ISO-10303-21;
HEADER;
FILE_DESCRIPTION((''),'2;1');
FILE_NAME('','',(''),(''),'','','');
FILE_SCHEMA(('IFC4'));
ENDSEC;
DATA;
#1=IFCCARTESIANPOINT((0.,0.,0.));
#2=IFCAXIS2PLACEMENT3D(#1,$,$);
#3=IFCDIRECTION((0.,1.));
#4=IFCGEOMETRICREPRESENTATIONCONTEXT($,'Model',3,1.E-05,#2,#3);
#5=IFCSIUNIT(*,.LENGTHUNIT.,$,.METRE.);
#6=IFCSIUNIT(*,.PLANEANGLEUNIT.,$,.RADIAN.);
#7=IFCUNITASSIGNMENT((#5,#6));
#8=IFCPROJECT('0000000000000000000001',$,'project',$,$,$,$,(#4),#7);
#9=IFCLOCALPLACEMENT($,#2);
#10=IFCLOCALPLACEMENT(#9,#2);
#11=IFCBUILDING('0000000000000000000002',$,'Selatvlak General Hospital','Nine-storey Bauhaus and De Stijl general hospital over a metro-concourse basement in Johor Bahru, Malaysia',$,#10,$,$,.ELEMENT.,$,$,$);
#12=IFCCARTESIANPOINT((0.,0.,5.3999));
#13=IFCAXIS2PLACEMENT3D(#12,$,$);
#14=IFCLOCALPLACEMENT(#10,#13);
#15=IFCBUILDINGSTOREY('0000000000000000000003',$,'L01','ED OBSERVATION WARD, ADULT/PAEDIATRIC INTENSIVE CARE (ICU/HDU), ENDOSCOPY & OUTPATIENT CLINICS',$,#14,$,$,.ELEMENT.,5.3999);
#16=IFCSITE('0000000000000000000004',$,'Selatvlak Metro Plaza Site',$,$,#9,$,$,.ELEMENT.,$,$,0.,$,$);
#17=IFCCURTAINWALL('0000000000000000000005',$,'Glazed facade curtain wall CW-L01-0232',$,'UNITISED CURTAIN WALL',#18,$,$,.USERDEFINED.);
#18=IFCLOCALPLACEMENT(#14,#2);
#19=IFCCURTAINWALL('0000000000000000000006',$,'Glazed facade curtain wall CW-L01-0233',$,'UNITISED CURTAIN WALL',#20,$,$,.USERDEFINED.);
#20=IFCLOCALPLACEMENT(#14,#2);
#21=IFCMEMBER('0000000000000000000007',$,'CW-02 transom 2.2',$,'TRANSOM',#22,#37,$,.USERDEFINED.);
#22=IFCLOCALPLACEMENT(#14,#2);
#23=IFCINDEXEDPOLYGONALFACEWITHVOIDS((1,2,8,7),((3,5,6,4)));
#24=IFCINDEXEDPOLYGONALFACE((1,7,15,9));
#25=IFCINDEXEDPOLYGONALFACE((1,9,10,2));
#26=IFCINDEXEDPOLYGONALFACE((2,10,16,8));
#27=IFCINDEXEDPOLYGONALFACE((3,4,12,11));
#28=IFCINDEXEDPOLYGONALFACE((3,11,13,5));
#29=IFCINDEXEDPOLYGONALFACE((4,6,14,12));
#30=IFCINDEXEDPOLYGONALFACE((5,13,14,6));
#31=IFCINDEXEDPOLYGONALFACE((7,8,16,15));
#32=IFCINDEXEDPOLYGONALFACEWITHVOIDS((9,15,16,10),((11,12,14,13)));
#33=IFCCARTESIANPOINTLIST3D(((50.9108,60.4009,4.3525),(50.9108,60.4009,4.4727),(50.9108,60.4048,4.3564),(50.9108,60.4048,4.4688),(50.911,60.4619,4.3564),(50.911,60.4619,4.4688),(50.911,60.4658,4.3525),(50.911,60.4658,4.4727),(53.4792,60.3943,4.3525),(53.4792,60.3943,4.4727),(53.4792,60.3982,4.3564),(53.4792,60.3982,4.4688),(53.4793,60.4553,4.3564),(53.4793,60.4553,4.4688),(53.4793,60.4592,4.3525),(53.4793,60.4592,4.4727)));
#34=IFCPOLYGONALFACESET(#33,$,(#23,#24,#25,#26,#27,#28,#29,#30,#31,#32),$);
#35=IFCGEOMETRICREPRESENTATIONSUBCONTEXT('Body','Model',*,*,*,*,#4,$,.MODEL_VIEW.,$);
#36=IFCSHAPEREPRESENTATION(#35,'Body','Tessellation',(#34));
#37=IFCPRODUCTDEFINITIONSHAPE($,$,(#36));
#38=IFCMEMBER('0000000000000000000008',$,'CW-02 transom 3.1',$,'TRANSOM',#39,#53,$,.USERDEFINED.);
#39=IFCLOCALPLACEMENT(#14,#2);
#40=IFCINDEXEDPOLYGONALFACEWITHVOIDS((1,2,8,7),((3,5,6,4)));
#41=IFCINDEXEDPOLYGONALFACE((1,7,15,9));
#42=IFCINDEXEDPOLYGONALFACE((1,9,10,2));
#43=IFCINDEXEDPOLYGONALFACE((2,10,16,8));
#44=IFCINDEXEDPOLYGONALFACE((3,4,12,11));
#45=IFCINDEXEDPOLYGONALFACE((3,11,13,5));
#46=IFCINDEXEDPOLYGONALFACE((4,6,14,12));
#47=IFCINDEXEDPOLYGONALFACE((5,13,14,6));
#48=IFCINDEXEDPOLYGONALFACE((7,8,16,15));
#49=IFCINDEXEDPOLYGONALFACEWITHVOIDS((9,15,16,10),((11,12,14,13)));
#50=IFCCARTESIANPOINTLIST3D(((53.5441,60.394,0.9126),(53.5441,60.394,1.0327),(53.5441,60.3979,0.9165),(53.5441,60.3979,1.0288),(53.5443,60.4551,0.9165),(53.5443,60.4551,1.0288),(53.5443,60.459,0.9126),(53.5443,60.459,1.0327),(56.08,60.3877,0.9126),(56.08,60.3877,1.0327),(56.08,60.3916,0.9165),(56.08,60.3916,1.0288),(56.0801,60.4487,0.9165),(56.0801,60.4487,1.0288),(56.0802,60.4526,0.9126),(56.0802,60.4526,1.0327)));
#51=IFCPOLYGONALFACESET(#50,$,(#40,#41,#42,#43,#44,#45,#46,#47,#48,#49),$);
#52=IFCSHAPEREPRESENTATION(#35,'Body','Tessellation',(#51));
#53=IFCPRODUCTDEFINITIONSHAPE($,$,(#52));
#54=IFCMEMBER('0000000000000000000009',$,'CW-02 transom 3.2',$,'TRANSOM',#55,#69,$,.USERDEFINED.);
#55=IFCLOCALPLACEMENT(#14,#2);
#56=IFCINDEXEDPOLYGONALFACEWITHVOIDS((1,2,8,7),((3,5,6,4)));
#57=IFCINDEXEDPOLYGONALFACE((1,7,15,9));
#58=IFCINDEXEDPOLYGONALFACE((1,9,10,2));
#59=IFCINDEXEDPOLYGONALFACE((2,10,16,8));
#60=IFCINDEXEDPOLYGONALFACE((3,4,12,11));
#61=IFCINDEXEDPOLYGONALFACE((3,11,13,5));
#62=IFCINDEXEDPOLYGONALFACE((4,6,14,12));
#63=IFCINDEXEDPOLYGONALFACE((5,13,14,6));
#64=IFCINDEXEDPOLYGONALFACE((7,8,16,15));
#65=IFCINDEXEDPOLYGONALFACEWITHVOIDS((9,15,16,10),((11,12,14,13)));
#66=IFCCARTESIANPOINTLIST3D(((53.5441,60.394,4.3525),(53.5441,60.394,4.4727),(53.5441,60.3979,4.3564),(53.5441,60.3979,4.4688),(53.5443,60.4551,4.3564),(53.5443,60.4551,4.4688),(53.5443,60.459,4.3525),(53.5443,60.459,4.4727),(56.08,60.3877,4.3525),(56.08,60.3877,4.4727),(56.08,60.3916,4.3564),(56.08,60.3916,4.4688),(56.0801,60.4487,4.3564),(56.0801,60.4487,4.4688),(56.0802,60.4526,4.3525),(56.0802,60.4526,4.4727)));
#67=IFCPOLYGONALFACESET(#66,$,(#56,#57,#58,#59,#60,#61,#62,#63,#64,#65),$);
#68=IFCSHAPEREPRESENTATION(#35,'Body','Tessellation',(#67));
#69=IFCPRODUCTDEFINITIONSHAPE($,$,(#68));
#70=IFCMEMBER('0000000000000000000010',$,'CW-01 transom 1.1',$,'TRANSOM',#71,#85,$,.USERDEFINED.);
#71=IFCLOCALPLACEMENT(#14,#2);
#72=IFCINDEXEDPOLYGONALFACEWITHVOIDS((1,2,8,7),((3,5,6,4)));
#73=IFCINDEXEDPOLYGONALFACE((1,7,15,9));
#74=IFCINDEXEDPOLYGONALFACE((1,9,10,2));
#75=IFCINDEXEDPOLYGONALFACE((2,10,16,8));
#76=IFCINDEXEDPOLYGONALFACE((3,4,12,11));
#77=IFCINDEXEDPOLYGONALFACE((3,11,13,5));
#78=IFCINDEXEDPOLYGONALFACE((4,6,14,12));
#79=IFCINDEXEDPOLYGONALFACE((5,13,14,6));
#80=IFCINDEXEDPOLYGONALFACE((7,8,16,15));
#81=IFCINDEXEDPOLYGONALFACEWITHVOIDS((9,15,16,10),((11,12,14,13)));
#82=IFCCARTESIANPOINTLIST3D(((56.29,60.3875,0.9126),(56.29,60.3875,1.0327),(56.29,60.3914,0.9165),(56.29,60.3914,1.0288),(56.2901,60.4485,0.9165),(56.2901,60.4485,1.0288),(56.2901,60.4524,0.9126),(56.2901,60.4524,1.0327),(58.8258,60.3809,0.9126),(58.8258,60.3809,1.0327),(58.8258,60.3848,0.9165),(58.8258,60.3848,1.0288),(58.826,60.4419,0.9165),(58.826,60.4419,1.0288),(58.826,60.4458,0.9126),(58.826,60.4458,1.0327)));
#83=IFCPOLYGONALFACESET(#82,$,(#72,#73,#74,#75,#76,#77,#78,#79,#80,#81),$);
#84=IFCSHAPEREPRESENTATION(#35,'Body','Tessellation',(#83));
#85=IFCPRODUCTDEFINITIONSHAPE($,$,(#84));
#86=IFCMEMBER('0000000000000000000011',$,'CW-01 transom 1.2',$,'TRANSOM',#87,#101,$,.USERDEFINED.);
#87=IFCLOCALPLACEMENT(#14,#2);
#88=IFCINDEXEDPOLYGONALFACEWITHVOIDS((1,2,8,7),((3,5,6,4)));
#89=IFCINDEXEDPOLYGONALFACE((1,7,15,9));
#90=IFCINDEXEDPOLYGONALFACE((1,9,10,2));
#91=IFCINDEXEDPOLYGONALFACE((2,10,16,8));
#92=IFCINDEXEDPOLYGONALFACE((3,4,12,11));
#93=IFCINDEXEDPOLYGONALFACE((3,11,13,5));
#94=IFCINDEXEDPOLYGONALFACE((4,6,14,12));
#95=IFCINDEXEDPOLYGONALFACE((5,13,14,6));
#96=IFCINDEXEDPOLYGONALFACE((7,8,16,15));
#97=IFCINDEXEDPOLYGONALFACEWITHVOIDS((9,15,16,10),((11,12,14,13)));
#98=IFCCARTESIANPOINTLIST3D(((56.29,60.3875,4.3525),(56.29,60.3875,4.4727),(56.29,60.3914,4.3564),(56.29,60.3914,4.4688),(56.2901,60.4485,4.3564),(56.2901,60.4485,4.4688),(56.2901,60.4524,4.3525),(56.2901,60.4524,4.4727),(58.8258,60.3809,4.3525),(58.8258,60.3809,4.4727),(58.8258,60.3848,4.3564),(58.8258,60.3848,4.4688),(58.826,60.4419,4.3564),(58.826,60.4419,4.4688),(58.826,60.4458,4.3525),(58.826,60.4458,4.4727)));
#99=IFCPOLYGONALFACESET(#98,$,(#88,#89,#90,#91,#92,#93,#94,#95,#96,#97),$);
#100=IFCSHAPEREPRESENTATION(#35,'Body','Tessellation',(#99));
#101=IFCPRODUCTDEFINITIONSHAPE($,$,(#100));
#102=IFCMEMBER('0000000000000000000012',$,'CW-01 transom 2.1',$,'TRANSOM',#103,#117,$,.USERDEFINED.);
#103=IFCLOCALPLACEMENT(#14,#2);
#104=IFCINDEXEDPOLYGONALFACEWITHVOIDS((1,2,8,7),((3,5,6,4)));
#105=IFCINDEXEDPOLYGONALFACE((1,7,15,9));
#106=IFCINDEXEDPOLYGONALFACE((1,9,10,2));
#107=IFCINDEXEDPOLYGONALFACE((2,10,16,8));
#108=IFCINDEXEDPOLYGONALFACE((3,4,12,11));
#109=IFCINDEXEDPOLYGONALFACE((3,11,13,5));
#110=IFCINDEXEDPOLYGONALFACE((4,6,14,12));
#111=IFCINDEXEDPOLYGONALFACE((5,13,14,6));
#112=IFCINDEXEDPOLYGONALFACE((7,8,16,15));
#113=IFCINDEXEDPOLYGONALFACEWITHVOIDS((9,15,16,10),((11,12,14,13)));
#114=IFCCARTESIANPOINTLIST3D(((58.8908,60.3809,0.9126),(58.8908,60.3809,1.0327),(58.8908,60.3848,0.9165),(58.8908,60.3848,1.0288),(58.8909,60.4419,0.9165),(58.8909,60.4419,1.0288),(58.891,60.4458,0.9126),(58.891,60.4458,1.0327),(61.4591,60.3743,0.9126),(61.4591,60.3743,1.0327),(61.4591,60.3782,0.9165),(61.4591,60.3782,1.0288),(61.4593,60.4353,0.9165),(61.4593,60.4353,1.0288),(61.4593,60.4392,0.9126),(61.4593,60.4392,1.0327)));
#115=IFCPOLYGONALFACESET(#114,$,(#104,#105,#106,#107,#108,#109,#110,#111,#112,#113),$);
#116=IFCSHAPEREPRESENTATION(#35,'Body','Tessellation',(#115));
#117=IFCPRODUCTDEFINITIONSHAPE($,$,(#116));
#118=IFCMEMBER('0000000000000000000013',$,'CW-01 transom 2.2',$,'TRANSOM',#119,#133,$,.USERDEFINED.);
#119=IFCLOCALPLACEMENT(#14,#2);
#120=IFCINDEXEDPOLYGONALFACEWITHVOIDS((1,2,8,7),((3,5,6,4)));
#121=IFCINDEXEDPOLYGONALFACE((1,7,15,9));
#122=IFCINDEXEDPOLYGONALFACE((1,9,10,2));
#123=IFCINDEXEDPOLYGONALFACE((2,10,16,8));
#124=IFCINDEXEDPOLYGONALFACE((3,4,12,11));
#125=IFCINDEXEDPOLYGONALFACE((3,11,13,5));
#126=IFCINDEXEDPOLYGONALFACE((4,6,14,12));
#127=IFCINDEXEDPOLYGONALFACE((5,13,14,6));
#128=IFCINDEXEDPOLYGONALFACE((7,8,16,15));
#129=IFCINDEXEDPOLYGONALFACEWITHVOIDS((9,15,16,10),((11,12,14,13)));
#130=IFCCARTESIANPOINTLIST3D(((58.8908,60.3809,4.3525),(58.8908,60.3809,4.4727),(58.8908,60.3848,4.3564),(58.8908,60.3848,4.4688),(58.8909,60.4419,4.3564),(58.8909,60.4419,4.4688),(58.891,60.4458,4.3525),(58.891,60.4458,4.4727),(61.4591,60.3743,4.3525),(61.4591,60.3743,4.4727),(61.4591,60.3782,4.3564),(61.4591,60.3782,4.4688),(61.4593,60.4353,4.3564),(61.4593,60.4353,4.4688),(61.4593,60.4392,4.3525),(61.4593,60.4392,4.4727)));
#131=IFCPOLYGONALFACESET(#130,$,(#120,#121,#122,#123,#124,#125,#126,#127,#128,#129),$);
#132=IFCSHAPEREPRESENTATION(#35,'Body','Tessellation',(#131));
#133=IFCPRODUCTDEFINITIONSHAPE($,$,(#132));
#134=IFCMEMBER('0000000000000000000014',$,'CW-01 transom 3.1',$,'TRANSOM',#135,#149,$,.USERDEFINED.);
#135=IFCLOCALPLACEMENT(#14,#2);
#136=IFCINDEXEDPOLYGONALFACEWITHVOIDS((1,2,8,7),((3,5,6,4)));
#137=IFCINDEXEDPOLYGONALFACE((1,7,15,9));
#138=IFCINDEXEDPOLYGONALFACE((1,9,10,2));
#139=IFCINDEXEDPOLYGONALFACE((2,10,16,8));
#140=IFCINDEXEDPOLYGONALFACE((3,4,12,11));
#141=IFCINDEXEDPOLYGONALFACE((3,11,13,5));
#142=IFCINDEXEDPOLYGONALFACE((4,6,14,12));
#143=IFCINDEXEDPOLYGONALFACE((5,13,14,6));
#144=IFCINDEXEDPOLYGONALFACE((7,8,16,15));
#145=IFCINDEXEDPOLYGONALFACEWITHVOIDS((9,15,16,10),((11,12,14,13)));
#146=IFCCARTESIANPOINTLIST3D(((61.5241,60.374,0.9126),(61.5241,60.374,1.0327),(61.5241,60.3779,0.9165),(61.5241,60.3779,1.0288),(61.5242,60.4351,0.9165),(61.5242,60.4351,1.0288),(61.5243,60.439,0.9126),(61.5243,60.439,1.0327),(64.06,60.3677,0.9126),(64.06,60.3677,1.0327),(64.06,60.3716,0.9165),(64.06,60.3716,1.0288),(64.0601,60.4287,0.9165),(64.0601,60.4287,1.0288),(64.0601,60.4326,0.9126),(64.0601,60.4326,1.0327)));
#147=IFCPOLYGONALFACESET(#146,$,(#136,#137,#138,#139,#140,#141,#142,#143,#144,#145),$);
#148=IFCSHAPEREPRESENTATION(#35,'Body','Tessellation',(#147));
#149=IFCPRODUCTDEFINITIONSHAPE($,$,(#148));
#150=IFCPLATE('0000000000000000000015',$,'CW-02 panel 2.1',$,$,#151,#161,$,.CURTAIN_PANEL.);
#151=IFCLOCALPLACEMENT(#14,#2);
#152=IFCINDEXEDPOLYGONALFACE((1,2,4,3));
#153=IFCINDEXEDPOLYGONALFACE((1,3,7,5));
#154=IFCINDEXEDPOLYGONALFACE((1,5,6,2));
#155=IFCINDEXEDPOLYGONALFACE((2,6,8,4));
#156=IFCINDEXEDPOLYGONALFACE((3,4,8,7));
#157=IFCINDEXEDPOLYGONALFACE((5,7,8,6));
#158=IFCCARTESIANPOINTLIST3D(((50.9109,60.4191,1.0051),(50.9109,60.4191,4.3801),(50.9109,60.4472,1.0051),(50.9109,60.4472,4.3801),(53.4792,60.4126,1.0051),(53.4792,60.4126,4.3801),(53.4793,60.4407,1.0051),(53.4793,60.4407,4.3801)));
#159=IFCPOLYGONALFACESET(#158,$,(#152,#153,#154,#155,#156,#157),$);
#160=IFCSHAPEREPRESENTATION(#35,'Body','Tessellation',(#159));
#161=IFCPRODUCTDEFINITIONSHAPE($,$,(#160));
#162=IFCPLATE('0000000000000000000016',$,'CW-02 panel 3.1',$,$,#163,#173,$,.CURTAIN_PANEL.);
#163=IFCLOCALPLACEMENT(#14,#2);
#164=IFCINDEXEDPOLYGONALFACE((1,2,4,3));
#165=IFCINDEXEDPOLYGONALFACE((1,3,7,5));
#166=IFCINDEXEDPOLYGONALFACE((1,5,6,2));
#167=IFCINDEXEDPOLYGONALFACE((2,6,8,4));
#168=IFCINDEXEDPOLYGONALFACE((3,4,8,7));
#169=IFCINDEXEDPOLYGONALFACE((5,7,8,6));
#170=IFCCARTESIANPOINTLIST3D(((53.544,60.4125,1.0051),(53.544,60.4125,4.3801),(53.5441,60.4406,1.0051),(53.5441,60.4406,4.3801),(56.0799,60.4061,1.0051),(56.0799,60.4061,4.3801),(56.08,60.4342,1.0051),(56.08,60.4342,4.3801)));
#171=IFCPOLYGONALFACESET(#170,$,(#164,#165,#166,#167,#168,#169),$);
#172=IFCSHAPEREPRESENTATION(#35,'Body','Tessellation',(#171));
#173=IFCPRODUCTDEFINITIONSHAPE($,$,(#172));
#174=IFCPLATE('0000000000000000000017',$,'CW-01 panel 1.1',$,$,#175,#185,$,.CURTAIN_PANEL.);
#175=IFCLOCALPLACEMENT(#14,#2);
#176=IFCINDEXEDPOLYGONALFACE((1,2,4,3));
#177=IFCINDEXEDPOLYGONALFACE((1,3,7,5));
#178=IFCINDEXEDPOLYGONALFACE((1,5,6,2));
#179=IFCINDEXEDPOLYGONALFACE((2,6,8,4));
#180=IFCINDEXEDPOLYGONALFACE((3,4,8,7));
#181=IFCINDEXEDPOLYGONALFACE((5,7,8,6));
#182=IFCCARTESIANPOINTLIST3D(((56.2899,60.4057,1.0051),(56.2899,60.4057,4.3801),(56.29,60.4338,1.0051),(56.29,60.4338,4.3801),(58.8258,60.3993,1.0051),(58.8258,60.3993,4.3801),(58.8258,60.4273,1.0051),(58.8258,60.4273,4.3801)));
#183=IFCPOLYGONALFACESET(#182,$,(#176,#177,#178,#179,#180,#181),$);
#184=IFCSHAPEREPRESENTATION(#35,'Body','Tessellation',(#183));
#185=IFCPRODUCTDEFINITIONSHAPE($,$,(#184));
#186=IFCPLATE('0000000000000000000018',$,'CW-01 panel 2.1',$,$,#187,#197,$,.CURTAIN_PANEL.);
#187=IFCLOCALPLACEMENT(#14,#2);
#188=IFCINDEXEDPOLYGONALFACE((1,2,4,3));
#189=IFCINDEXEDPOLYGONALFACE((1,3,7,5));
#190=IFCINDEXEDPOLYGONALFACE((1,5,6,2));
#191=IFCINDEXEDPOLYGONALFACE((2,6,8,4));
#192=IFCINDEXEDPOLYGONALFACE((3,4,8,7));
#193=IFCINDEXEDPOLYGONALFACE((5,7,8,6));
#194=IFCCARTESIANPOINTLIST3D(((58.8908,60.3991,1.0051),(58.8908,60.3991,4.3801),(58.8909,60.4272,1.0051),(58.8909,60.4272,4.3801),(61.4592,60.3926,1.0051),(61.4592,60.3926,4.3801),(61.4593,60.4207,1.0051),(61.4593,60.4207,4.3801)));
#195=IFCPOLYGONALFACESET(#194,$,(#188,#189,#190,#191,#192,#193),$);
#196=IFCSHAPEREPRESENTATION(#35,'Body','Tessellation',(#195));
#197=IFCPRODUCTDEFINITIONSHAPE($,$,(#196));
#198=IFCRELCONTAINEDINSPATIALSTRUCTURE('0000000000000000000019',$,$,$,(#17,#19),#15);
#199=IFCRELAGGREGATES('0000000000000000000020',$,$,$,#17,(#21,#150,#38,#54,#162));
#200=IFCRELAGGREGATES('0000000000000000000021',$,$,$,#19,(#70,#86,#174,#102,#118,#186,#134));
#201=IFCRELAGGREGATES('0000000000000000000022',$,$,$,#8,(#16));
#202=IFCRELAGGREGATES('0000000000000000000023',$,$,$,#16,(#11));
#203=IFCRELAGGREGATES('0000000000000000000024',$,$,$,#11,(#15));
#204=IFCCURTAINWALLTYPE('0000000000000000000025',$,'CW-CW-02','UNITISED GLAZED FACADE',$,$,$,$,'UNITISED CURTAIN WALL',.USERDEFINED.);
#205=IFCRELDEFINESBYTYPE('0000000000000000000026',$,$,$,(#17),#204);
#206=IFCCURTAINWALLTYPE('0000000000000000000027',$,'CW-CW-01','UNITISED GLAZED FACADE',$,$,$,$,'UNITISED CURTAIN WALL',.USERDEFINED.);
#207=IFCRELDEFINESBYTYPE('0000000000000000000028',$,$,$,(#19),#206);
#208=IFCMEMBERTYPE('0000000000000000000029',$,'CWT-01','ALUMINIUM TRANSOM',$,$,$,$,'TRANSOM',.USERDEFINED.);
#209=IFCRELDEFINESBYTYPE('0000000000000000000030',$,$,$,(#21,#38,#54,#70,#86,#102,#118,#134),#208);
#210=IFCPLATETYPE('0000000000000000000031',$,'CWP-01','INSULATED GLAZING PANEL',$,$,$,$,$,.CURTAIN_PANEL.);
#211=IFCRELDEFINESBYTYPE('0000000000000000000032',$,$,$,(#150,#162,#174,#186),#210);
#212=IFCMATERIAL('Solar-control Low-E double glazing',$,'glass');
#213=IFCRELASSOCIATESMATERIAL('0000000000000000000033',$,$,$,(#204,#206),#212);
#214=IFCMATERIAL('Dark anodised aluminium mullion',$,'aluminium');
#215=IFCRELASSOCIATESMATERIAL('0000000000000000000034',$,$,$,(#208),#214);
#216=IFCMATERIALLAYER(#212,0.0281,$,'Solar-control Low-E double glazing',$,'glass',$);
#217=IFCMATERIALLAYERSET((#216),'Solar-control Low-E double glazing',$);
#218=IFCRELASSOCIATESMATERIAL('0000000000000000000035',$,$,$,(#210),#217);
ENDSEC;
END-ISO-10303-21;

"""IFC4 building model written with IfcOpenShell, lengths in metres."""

from ifc_helpers import new_model, si_unit, direction, frame, origin, origin_2d, place, context, subcontext, project, spatial, rectangle, hollow_rectangle, extrude, material, layer, layer_set, material_profile, profile_set, type_object, element, aggregate, save


model = new_model("IFC4")

# Units and contexts
model_context = context("Model", 3, precision=1e-05, world=origin(), true_north=direction((0.0, 1.0)))
body_context = subcontext(model_context, "Body", "Model", "MODEL_VIEW")
ifc_project = project(units=[si_unit("LENGTHUNIT", "METRE"), si_unit("PLANEANGLEUNIT", "RADIAN")], contexts=[model_context])

# Site, building, storey
site_placement = place(None, origin())
site = spatial("IfcSite", under=ifc_project, at=site_placement, Name="Selatvlak Metro Plaza Site", CompositionType="ELEMENT", RefElevation=0.0)
building_placement = place(site_placement, origin())
building = spatial("IfcBuilding", under=site, at=building_placement, Name="Selatvlak General Hospital", Description="Nine-storey Bauhaus and De Stijl general hospital over a metro-concourse basement in Johor Bahru, Malaysia", CompositionType="ELEMENT")
storey_placement = place(building_placement, frame((0.0, 0.0, 5.3999)))
storey = spatial("IfcBuildingStorey", under=building, at=storey_placement, Name="L01", Description="ED OBSERVATION WARD, ADULT/PAEDIATRIC INTENSIVE CARE (ICU/HDU), ENDOSCOPY & OUTPATIENT CLINICS", CompositionType="ELEMENT", Elevation=5.3999)

# Curtain walls
ifc_material_1 = material(Name="Solar-control Low-E double glazing", Category="glass")
curtain_wall_type_1 = type_object("IfcCurtainWallType", Name="CW-CW-02", Description="UNITISED GLAZED FACADE", ElementType="UNITISED CURTAIN WALL", PredefinedType="USERDEFINED", material=ifc_material_1)
curtain_wall_1_placement = place(storey_placement, origin())
curtain_wall_1 = element("IfcCurtainWall", 1, at=curtain_wall_1_placement, inside=storey, type_object=curtain_wall_type_1, Name="Glazed facade curtain wall CW-L01-0232", ObjectType="UNITISED CURTAIN WALL", PredefinedType="USERDEFINED")
ifc_material_2 = material(Name="Dark anodised aluminium mullion", Category="aluminium")
curtain_wall_type_2 = type_object("IfcCurtainWallType", Name="CW-CW-01", Description="UNITISED GLAZED FACADE", ElementType="UNITISED CURTAIN WALL", PredefinedType="USERDEFINED", material=ifc_material_1)
curtain_wall_2_placement = place(storey_placement, origin())
curtain_wall_2 = element("IfcCurtainWall", 2, at=curtain_wall_2_placement, inside=storey, type_object=curtain_wall_type_2, Name="Glazed facade curtain wall CW-L01-0233", ObjectType="UNITISED CURTAIN WALL", PredefinedType="USERDEFINED")

# Members
ifc_material_profile_1 = material_profile(ifc_material_2, hollow_rectangle(XDim=0.0649, YDim=0.1201, WallThickness=0.0039, at=origin_2d()), Name="AL-TRN 65x120x4")
ifc_profile_set_1 = profile_set([ifc_material_profile_1], Name="Dark anodised aluminium mullion")
member_type_1 = type_object("IfcMemberType", Name="CWT-01", Description="ALUMINIUM TRANSOM", ElementType="TRANSOM", PredefinedType="USERDEFINED", material=ifc_profile_set_1)
member_1_placement = place(storey_placement, frame((50.9109, 60.4333, 4.4126), z_axis=(0.999997, -0.002567, 0.0), x_axis=(0.002567, 0.999997, 0.0)))
member_1 = element("IfcMember", 3, at=member_1_placement, type_object=member_type_1, Name="CW-02 transom 2.2", ObjectType="TRANSOM", PredefinedType="USERDEFINED", context=body_context, shape_type="SweptSolid", body=[
    extrude(hollow_rectangle(XDim=0.0649, YDim=0.1201, WallThickness=0.0039, at=origin_2d()), origin(), (0.0, 0.0, 1.0), 2.5684),
])
member_2_placement = place(storey_placement, frame((53.5442, 60.4265, 0.9727), z_axis=(0.999997, -0.002503, 0.0), x_axis=(0.002503, 0.999997, 0.0)))
member_2 = element("IfcMember", 4, at=member_2_placement, type_object=member_type_1, Name="CW-02 transom 3.1", ObjectType="TRANSOM", PredefinedType="USERDEFINED", context=body_context, shape_type="SweptSolid", body=[
    extrude(hollow_rectangle(XDim=0.0649, YDim=0.1201, WallThickness=0.0039, at=origin_2d()), origin(), (0.0, 0.0, 1.0), 2.5359),
])
member_3_placement = place(storey_placement, frame((53.5442, 60.4265, 4.4126), z_axis=(0.999997, -0.002503, 0.0), x_axis=(0.002503, 0.999997, 0.0)))
member_3 = element("IfcMember", 5, at=member_3_placement, type_object=member_type_1, Name="CW-02 transom 3.2", ObjectType="TRANSOM", PredefinedType="USERDEFINED", context=body_context, shape_type="SweptSolid", body=[
    extrude(hollow_rectangle(XDim=0.0649, YDim=0.1201, WallThickness=0.0039, at=origin_2d()), origin(), (0.0, 0.0, 1.0), 2.5359),
])
member_4_placement = place(storey_placement, frame((56.29, 60.4199, 0.9727), z_axis=(0.999997, -0.002599, 0.0), x_axis=(0.002599, 0.999997, 0.0)))
member_4 = element("IfcMember", 6, at=member_4_placement, type_object=member_type_1, Name="CW-01 transom 1.1", ObjectType="TRANSOM", PredefinedType="USERDEFINED", context=body_context, shape_type="SweptSolid", body=[
    extrude(hollow_rectangle(XDim=0.0649, YDim=0.1201, WallThickness=0.0039, at=origin_2d()), origin(), (0.0, 0.0, 1.0), 2.5359),
])
member_5_placement = place(storey_placement, frame((56.29, 60.4199, 4.4126), z_axis=(0.999997, -0.002599, 0.0), x_axis=(0.002599, 0.999997, 0.0)))
member_5 = element("IfcMember", 7, at=member_5_placement, type_object=member_type_1, Name="CW-01 transom 1.2", ObjectType="TRANSOM", PredefinedType="USERDEFINED", context=body_context, shape_type="SweptSolid", body=[
    extrude(hollow_rectangle(XDim=0.0649, YDim=0.1201, WallThickness=0.0039, at=origin_2d()), origin(), (0.0, 0.0, 1.0), 2.5359),
])
member_6_placement = place(storey_placement, frame((58.8909, 60.4133, 0.9727), z_axis=(0.999997, -0.002567, 0.0), x_axis=(0.002567, 0.999997, 0.0)))
member_6 = element("IfcMember", 8, at=member_6_placement, type_object=member_type_1, Name="CW-01 transom 2.1", ObjectType="TRANSOM", PredefinedType="USERDEFINED", context=body_context, shape_type="SweptSolid", body=[
    extrude(hollow_rectangle(XDim=0.0649, YDim=0.1201, WallThickness=0.0039, at=origin_2d()), origin(), (0.0, 0.0, 1.0), 2.5684),
])
member_7_placement = place(storey_placement, frame((58.8909, 60.4133, 4.4126), z_axis=(0.999997, -0.002567, 0.0), x_axis=(0.002567, 0.999997, 0.0)))
member_7 = element("IfcMember", 9, at=member_7_placement, type_object=member_type_1, Name="CW-01 transom 2.2", ObjectType="TRANSOM", PredefinedType="USERDEFINED", context=body_context, shape_type="SweptSolid", body=[
    extrude(hollow_rectangle(XDim=0.0649, YDim=0.1201, WallThickness=0.0039, at=origin_2d()), origin(), (0.0, 0.0, 1.0), 2.5684),
])
member_8_placement = place(storey_placement, frame((61.5242, 60.4065, 0.9727), z_axis=(0.999997, -0.002503, 0.0), x_axis=(0.002503, 0.999997, 0.0)))
member_8 = element("IfcMember", 10, at=member_8_placement, type_object=member_type_1, Name="CW-01 transom 3.1", ObjectType="TRANSOM", PredefinedType="USERDEFINED", context=body_context, shape_type="SweptSolid", body=[
    extrude(hollow_rectangle(XDim=0.0649, YDim=0.1201, WallThickness=0.0039, at=origin_2d()), origin(), (0.0, 0.0, 1.0), 2.5359),
])

# Plates
ifc_layer_1 = layer(ifc_material_1, 0.0281, Name="Solar-control Low-E double glazing", Category="glass")
ifc_layer_set_1 = layer_set([ifc_layer_1], Name="Solar-control Low-E double glazing")
plate_type = type_object("IfcPlateType", Name="CWP-01", Description="INSULATED GLAZING PANEL", PredefinedType="CURTAIN_PANEL", material=ifc_layer_set_1)
plate_1_placement = place(storey_placement, frame((52.1951, 60.4299, 1.0051), z_axis=(0.0, 0.0, 1.0), x_axis=(0.999997, -0.002532, 0.0)))
plate_1 = element("IfcPlate", 11, at=plate_1_placement, type_object=plate_type, Name="CW-02 panel 2.1", PredefinedType="CURTAIN_PANEL", context=body_context, shape_type="SweptSolid", body=[
    extrude(rectangle(XDim=2.5684, YDim=0.0281, at=origin_2d()), origin(), (0.0, 0.0, 1.0), 3.375),
])
plate_2_placement = place(storey_placement, frame((54.812, 60.4233, 1.0051), z_axis=(0.0, 0.0, 1.0), x_axis=(0.999997, -0.002532, 0.0)))
plate_2 = element("IfcPlate", 12, at=plate_2_placement, type_object=plate_type, Name="CW-02 panel 3.1", PredefinedType="CURTAIN_PANEL", context=body_context, shape_type="SweptSolid", body=[
    extrude(rectangle(XDim=2.5359, YDim=0.0281, at=origin_2d()), origin(), (0.0, 0.0, 1.0), 3.375),
])
aggregate(curtain_wall_1, [member_1, plate_1, member_2, member_3, plate_2])
plate_3_placement = place(storey_placement, frame((57.5579, 60.4165, 1.0051), z_axis=(0.0, 0.0, 1.0), x_axis=(0.999997, -0.002532, 0.0)))
plate_3 = element("IfcPlate", 13, at=plate_3_placement, type_object=plate_type, Name="CW-01 panel 1.1", PredefinedType="CURTAIN_PANEL", context=body_context, shape_type="SweptSolid", body=[
    extrude(rectangle(XDim=2.5359, YDim=0.0281, at=origin_2d()), origin(), (0.0, 0.0, 1.0), 3.375),
])
plate_4_placement = place(storey_placement, frame((60.175, 60.4099, 1.0051), z_axis=(0.0, 0.0, 1.0), x_axis=(0.999997, -0.002532, 0.0)))
plate_4 = element("IfcPlate", 14, at=plate_4_placement, type_object=plate_type, Name="CW-01 panel 2.1", PredefinedType="CURTAIN_PANEL", context=body_context, shape_type="SweptSolid", body=[
    extrude(rectangle(XDim=2.5684, YDim=0.0281, at=origin_2d()), origin(), (0.0, 0.0, 1.0), 3.375),
])
aggregate(curtain_wall_2, [member_4, member_5, plate_3, member_6, member_7, plate_4, member_8])

save(model, "model.ifc")
